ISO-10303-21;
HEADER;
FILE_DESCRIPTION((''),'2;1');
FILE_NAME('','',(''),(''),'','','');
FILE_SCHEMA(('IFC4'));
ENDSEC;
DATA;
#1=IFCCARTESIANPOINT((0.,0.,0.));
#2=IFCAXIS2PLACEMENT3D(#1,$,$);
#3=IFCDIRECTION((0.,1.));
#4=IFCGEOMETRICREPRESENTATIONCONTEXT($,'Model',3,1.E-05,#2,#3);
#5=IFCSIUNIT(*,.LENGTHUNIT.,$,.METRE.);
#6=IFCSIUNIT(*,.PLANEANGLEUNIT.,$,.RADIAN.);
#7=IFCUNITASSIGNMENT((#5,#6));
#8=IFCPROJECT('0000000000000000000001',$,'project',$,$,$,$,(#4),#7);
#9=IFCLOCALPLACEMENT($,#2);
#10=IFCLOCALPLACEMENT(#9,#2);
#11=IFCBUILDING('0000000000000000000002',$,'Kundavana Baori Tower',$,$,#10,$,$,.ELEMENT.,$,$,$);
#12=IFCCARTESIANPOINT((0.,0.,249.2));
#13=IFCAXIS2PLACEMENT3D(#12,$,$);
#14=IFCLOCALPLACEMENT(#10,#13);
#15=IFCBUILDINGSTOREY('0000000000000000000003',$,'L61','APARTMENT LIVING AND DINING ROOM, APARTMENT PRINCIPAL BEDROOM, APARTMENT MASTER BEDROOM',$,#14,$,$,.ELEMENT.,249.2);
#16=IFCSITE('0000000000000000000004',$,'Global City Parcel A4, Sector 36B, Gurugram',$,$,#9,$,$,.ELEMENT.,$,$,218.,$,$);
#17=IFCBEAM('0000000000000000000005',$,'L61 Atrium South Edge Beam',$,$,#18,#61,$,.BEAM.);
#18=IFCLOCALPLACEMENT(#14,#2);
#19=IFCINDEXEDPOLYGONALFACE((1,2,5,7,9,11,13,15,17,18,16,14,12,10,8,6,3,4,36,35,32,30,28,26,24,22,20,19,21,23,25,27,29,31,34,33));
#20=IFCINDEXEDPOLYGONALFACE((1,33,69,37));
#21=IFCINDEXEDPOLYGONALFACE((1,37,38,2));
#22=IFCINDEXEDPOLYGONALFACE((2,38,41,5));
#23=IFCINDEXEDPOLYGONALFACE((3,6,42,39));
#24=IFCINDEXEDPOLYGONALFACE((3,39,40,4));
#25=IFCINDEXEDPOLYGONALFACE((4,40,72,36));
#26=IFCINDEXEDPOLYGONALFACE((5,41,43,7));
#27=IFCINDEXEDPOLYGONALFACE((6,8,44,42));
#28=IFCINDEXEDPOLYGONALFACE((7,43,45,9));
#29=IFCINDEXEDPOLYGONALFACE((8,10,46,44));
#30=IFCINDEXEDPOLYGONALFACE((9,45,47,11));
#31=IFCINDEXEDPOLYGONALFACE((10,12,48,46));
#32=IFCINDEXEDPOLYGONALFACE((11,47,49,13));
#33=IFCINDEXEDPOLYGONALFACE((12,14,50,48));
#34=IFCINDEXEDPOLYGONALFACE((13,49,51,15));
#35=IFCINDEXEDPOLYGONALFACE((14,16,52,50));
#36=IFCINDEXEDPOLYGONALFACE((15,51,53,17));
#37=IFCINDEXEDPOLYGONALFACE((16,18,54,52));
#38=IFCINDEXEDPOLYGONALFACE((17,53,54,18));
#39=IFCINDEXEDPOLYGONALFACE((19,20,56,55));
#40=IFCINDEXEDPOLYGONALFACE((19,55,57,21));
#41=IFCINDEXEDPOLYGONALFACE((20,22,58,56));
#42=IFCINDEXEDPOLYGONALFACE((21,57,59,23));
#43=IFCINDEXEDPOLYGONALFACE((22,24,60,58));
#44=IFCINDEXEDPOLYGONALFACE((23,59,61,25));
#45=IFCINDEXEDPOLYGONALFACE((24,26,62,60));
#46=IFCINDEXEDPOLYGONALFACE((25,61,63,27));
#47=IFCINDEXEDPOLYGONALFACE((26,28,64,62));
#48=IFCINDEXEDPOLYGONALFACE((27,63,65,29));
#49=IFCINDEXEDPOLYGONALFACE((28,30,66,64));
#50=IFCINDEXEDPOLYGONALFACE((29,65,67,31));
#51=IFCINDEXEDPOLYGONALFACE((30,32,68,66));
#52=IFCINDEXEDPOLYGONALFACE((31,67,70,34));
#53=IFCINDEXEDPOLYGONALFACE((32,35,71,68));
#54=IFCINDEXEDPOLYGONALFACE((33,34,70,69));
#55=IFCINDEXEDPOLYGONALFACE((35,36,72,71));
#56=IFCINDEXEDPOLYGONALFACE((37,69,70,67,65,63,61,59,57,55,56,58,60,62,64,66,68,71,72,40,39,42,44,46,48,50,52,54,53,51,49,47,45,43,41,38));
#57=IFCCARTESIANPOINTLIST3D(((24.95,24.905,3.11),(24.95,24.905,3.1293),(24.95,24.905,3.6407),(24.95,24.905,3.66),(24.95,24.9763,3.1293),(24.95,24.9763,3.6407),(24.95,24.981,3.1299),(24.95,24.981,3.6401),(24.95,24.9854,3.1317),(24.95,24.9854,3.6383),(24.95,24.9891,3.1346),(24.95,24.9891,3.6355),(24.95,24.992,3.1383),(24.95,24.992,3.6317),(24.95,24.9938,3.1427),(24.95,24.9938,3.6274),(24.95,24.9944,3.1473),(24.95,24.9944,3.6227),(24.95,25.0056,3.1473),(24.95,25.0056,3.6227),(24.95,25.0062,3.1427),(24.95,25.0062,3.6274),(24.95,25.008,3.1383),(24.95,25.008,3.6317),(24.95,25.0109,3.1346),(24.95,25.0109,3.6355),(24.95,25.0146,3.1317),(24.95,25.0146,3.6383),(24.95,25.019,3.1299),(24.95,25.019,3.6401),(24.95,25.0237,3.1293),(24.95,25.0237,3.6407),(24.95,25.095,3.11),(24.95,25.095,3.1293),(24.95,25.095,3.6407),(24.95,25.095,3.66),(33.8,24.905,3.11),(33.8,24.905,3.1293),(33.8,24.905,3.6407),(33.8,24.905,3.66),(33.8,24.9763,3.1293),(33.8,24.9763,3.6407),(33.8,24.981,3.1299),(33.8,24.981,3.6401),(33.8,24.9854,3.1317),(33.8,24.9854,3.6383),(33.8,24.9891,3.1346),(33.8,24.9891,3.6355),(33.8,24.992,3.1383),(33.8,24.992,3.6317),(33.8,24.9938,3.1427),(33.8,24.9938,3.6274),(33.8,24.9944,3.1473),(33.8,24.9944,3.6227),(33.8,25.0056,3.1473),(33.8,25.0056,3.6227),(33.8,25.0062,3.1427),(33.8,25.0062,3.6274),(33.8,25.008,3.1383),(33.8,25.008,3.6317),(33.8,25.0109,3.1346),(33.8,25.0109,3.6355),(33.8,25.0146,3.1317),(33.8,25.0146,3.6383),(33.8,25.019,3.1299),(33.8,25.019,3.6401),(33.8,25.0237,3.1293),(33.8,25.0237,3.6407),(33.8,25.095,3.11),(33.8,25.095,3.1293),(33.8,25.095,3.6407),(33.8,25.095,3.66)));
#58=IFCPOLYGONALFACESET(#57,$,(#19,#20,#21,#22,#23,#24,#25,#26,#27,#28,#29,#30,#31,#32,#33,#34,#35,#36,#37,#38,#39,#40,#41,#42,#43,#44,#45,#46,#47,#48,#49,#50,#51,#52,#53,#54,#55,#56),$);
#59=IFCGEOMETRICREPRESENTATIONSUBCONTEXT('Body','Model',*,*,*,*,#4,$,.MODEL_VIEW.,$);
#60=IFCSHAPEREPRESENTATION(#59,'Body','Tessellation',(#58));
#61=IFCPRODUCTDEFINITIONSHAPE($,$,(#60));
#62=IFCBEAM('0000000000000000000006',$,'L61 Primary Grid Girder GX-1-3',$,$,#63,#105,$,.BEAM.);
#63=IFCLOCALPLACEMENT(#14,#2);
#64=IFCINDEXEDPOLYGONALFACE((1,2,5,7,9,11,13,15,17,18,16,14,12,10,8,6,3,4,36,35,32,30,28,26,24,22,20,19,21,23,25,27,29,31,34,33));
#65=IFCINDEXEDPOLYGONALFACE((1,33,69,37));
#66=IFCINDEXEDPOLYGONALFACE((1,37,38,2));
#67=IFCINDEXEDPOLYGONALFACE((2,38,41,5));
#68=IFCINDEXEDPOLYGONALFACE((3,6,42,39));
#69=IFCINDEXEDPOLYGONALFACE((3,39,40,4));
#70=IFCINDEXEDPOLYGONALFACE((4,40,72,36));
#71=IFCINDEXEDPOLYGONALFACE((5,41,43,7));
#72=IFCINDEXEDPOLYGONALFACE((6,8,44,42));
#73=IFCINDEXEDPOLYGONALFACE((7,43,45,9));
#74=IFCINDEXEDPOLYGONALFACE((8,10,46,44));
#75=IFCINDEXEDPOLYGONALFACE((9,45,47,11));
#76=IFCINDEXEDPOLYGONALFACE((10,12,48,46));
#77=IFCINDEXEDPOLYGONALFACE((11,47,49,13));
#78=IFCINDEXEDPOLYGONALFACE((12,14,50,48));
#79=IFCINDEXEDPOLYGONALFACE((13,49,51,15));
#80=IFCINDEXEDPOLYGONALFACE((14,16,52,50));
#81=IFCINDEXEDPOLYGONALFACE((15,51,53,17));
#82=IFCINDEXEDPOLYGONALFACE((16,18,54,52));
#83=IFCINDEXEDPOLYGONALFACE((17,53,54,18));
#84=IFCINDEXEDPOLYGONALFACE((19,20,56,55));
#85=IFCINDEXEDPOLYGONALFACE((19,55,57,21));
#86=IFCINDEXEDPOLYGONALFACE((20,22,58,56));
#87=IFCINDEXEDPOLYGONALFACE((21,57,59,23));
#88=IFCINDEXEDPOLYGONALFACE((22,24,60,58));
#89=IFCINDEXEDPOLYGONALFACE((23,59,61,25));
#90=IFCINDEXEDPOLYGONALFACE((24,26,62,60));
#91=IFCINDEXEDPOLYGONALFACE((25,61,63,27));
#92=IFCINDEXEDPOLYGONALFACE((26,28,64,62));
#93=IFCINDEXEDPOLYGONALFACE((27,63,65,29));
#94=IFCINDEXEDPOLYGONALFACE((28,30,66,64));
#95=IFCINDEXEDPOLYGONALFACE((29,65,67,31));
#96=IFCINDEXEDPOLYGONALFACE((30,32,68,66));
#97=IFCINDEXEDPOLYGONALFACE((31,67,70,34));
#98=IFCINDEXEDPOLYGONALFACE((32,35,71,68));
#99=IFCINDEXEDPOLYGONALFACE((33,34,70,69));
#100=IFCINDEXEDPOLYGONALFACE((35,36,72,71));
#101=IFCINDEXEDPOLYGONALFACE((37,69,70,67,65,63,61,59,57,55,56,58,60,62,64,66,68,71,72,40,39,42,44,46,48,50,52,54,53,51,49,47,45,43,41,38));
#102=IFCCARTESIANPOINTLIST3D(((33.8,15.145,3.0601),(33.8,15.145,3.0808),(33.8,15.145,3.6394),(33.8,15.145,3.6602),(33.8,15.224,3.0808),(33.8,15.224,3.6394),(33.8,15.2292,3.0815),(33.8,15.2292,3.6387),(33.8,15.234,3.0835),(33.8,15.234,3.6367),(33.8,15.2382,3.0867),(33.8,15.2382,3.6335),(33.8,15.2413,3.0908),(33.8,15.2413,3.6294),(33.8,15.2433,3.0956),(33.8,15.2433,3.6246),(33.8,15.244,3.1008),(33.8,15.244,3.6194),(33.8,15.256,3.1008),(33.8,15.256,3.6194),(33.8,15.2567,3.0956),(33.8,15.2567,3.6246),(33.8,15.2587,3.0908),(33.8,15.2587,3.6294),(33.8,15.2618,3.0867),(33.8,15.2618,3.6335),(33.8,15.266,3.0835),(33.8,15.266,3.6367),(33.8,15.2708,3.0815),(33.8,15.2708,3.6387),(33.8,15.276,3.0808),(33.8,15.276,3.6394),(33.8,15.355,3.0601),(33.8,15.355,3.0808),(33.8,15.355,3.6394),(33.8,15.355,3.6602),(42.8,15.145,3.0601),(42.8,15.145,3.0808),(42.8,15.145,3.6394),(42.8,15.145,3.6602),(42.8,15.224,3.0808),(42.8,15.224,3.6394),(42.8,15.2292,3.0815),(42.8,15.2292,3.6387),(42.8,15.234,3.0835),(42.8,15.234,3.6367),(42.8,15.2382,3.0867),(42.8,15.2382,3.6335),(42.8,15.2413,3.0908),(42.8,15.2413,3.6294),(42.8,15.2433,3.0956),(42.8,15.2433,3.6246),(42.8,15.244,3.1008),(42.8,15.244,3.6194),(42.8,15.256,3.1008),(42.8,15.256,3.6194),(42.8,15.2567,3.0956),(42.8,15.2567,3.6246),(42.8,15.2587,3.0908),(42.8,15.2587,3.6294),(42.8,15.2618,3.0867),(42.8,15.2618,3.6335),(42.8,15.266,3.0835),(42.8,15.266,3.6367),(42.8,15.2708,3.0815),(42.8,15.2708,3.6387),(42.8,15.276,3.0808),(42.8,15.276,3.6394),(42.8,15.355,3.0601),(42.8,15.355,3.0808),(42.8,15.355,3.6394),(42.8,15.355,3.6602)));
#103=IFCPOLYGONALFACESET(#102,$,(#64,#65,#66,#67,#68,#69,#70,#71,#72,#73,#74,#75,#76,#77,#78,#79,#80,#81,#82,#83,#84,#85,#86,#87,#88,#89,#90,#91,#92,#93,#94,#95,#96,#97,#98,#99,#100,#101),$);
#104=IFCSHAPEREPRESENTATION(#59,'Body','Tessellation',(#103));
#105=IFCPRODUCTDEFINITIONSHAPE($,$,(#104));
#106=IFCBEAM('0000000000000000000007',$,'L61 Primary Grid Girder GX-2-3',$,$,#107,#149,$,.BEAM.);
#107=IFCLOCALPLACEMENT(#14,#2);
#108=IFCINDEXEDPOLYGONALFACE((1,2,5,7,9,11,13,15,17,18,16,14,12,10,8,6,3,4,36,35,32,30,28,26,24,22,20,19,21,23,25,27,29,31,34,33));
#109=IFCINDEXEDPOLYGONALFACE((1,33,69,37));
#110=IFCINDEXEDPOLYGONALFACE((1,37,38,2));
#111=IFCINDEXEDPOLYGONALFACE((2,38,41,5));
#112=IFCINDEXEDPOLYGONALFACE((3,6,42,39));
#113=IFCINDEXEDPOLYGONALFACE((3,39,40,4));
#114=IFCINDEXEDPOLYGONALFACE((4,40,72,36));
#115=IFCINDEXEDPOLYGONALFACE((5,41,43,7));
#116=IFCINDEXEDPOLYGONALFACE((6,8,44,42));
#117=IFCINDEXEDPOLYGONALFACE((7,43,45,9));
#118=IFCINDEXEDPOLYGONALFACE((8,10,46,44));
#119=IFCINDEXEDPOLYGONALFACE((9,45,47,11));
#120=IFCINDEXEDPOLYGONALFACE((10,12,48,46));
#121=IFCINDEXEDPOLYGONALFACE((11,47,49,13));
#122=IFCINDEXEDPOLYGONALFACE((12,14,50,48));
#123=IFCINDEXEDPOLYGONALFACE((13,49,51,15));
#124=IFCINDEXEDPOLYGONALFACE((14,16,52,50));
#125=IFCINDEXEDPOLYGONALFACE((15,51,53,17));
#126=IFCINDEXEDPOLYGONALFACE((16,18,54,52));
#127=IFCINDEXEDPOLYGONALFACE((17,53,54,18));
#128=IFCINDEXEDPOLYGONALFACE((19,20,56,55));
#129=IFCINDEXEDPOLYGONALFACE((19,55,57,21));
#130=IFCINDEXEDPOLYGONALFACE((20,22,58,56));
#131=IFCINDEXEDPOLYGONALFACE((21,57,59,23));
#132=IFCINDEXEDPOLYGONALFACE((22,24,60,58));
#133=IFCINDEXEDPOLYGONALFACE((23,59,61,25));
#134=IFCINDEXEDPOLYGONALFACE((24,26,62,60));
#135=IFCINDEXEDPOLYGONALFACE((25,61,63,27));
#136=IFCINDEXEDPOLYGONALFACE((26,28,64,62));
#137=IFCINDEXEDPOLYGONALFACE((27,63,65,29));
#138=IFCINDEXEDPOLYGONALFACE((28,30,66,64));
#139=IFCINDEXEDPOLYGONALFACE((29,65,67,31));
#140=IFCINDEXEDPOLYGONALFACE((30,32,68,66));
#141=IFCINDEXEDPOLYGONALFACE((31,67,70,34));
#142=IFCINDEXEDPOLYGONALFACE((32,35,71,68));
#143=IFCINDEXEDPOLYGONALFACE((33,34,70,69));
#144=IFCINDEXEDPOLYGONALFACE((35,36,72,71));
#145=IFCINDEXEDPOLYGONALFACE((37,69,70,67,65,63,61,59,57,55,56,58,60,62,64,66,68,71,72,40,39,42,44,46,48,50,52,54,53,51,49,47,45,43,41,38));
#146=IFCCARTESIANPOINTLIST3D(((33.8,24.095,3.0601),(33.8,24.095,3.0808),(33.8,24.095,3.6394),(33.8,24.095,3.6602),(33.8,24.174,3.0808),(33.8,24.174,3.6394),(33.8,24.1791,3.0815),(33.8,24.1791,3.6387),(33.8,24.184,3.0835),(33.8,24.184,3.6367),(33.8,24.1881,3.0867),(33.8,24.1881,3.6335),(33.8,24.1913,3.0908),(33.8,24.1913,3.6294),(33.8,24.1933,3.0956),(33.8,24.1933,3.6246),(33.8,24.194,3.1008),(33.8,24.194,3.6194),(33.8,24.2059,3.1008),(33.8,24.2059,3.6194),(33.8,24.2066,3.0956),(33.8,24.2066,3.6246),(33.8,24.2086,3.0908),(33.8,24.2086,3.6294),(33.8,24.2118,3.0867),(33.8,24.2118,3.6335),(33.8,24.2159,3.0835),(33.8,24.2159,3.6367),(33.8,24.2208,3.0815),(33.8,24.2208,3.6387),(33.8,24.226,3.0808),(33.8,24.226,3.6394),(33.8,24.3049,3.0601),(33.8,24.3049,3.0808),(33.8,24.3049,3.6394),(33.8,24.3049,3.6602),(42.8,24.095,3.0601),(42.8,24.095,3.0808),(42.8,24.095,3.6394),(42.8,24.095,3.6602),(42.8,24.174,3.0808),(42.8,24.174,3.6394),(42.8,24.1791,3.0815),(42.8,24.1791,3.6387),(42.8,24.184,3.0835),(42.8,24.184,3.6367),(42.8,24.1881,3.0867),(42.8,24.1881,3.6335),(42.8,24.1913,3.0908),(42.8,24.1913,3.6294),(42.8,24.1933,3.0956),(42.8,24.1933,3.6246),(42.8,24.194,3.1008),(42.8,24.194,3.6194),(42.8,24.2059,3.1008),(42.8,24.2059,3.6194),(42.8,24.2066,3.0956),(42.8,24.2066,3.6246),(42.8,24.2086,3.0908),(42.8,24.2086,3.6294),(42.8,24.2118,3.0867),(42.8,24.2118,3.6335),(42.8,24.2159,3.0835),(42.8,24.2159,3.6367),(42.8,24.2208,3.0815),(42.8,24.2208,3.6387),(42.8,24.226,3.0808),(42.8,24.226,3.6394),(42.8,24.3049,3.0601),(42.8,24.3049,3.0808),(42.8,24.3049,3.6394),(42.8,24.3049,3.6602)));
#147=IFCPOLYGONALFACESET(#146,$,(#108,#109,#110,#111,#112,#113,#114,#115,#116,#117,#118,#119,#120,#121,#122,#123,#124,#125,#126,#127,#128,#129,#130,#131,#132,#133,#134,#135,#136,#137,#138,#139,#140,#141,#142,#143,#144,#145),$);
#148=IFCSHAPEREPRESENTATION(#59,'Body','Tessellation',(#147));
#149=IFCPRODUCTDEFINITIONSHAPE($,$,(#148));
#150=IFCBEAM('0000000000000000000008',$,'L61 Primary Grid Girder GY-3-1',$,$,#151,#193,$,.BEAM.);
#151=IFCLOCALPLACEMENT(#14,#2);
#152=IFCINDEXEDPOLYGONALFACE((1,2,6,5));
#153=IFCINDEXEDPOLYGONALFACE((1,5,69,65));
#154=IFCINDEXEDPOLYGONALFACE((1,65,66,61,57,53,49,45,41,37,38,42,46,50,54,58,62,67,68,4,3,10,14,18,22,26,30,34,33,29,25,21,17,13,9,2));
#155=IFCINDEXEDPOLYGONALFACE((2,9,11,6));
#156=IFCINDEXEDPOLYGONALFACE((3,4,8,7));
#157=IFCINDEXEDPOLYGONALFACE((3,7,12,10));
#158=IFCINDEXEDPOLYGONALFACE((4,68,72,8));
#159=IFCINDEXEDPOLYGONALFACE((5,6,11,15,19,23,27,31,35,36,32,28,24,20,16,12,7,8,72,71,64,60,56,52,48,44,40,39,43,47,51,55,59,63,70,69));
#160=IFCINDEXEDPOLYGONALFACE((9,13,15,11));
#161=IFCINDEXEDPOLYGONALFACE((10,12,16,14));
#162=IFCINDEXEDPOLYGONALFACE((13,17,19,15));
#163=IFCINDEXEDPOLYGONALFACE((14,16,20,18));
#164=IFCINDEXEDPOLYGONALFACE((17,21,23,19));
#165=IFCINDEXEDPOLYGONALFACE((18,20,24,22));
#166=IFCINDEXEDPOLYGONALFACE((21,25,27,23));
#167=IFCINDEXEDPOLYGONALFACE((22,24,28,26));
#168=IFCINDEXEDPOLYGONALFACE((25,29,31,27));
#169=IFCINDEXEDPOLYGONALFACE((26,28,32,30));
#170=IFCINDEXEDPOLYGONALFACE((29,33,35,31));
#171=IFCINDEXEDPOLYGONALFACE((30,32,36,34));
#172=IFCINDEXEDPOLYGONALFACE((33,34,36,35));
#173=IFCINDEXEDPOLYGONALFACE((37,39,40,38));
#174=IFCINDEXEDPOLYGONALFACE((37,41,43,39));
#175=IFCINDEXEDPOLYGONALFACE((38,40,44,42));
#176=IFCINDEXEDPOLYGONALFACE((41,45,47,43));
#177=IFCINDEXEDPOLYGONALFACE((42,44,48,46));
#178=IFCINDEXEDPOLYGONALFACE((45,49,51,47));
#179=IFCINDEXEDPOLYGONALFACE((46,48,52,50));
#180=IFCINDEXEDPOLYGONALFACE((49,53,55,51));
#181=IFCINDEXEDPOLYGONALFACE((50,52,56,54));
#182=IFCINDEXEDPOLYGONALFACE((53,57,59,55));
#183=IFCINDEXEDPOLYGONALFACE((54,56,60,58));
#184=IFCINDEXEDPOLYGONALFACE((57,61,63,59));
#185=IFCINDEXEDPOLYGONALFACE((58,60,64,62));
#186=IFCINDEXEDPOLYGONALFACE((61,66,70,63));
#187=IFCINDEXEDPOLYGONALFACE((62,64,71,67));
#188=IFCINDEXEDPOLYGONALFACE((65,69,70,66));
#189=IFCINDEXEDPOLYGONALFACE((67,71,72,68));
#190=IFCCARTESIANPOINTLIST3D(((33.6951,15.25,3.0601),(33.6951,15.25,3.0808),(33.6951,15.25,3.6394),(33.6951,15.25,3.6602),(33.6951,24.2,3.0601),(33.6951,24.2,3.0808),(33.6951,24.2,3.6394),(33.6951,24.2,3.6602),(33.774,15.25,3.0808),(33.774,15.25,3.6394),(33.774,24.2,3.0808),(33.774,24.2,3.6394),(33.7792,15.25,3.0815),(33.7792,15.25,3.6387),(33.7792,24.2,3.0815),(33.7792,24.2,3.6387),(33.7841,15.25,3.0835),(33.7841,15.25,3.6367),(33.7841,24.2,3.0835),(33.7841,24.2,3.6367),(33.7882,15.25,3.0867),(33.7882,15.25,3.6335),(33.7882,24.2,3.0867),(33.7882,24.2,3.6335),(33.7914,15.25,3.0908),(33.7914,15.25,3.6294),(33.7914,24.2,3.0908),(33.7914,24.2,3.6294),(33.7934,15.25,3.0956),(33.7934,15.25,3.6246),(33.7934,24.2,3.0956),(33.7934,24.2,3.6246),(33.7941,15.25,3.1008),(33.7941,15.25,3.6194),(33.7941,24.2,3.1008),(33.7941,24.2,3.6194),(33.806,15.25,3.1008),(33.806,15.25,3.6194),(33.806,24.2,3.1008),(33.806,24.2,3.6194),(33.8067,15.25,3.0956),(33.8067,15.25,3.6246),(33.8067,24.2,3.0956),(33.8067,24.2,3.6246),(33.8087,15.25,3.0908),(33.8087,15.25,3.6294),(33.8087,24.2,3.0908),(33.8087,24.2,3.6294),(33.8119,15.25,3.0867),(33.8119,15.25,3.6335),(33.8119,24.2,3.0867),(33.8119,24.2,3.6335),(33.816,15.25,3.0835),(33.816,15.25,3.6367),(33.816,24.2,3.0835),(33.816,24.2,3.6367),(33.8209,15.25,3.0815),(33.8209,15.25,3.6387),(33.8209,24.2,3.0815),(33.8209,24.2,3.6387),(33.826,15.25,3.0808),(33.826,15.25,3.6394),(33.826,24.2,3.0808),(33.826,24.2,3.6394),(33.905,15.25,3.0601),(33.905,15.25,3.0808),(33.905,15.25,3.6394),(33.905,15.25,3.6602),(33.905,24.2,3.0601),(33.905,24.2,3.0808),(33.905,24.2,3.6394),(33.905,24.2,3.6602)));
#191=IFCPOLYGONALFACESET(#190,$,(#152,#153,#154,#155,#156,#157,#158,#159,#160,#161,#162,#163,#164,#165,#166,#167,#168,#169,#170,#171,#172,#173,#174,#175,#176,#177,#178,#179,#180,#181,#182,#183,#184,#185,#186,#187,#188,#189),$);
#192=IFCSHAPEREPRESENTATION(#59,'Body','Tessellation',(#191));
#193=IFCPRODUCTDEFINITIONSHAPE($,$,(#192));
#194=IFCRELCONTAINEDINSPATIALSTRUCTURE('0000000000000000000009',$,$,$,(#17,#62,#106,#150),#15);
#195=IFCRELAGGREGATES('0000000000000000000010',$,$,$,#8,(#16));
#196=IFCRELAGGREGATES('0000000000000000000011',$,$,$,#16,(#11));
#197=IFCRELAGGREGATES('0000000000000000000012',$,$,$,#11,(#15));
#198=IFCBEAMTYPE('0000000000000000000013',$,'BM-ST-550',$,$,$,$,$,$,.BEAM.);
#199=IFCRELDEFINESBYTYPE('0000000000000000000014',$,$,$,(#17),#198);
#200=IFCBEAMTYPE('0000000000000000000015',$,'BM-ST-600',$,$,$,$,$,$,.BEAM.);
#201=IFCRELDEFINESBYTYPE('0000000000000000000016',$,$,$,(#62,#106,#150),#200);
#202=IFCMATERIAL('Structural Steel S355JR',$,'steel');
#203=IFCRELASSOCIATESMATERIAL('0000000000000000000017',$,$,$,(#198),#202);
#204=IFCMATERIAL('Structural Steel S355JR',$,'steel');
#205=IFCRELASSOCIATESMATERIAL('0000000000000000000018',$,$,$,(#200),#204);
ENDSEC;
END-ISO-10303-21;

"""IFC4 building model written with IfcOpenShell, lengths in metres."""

from ifc_helpers import new_model, si_unit, direction, frame, origin, origin_2d, place, context, subcontext, project, spatial, i_section, extrude, material, material_profile, profile_set, type_object, element, save


model = new_model("IFC4")

# Units and contexts
model_context = context("Model", 3, precision=1e-05, world=origin(), true_north=direction((0.0, 1.0)))
body_context = subcontext(model_context, "Body", "Model", "MODEL_VIEW")
ifc_project = project(units=[si_unit("LENGTHUNIT", "METRE"), si_unit("PLANEANGLEUNIT", "RADIAN")], contexts=[model_context])

# Site, building, storey
site_placement = place(None, origin())
site = spatial("IfcSite", under=ifc_project, at=site_placement, Name="Global City Parcel A4, Sector 36B, Gurugram", CompositionType="ELEMENT", RefElevation=218.0)
building_placement = place(site_placement, origin())
building = spatial("IfcBuilding", under=site, at=building_placement, Name="Kundavana Baori Tower", CompositionType="ELEMENT")
storey_placement = place(building_placement, frame((0.0, 0.0, 249.2)))
storey = spatial("IfcBuildingStorey", under=building, at=storey_placement, Name="L61", Description="APARTMENT LIVING AND DINING ROOM, APARTMENT PRINCIPAL BEDROOM, APARTMENT MASTER BEDROOM", CompositionType="ELEMENT", Elevation=249.2)

# Beams
ifc_material_1 = material(Name="Structural Steel S355JR", Category="steel")
ifc_material_profile_1 = material_profile(ifc_material_1, i_section(OverallWidth=0.1899, OverallDepth=0.55, WebThickness=0.0112, FlangeThickness=0.0193, FilletRadius=0.0181, at=origin_2d()), Name="ISMB 550")
ifc_profile_set_1 = profile_set([ifc_material_profile_1], Name="Structural Steel S355JR")
beam_type_1 = type_object("IfcBeamType", Name="BM-ST-550", PredefinedType="BEAM", material=ifc_profile_set_1)
beam_1_placement = place(storey_placement, frame((24.95, 25.0, 3.385), z_axis=(1.0, 0.0, 0.0), x_axis=(0.0, 1.0, 0.0)))
element("IfcBeam", 1, at=beam_1_placement, inside=storey, type_object=beam_type_1, Name="L61 Atrium South Edge Beam", PredefinedType="BEAM", context=body_context, shape_type="SweptSolid", body=[
    extrude(i_section(OverallWidth=0.1899, OverallDepth=0.55, WebThickness=0.0112, FlangeThickness=0.0193, FilletRadius=0.0181, at=origin_2d()), origin(), (0.0, 0.0, 1.0), 8.8501),
])
ifc_material_2 = material(Name="Structural Steel S355JR", Category="steel")
ifc_material_profile_2 = material_profile(ifc_material_2, i_section(OverallWidth=0.21, OverallDepth=0.6001, WebThickness=0.012, FlangeThickness=0.0208, FilletRadius=0.02, at=origin_2d()), Name="ISMB 600")
ifc_profile_set_2 = profile_set([ifc_material_profile_2], Name="Structural Steel S355JR")
beam_type_2 = type_object("IfcBeamType", Name="BM-ST-600", PredefinedType="BEAM", material=ifc_profile_set_2)
for number, where, z_axis, x_axis, name in (
    (2, (33.8, 15.25, 3.3601), (1.0, 0.0, 0.0), (0.0, 1.0, 0.0), "L61 Primary Grid Girder GX-1-3"),
    (3, (33.8, 24.2, 3.3601), (1.0, 0.0, 0.0), (0.0, 1.0, 0.0), "L61 Primary Grid Girder GX-2-3"),
):
    element("IfcBeam", number, at=place(storey_placement, frame(where, z_axis=z_axis, x_axis=x_axis)), inside=storey, type_object=beam_type_2, Name=name, PredefinedType="BEAM", context=body_context, shape_type="SweptSolid", body=[
        extrude(i_section(OverallWidth=0.21, OverallDepth=0.6001, WebThickness=0.012, FlangeThickness=0.0208, FilletRadius=0.02, at=origin_2d()), origin(), (0.0, 0.0, 1.0), 9.0),
    ])
beam_2_placement = place(storey_placement, frame((33.8, 15.25, 3.3601), z_axis=(0.0, 1.0, 0.0), x_axis=(-1.0, 0.0, 0.0)))
element("IfcBeam", 4, at=beam_2_placement, inside=storey, type_object=beam_type_2, Name="L61 Primary Grid Girder GY-3-1", PredefinedType="BEAM", context=body_context, shape_type="SweptSolid", body=[
    extrude(i_section(OverallWidth=0.21, OverallDepth=0.6001, WebThickness=0.012, FlangeThickness=0.0208, FilletRadius=0.02, at=origin_2d()), origin(), (0.0, 0.0, 1.0), 8.95),
])

save(model, "model.ifc")
